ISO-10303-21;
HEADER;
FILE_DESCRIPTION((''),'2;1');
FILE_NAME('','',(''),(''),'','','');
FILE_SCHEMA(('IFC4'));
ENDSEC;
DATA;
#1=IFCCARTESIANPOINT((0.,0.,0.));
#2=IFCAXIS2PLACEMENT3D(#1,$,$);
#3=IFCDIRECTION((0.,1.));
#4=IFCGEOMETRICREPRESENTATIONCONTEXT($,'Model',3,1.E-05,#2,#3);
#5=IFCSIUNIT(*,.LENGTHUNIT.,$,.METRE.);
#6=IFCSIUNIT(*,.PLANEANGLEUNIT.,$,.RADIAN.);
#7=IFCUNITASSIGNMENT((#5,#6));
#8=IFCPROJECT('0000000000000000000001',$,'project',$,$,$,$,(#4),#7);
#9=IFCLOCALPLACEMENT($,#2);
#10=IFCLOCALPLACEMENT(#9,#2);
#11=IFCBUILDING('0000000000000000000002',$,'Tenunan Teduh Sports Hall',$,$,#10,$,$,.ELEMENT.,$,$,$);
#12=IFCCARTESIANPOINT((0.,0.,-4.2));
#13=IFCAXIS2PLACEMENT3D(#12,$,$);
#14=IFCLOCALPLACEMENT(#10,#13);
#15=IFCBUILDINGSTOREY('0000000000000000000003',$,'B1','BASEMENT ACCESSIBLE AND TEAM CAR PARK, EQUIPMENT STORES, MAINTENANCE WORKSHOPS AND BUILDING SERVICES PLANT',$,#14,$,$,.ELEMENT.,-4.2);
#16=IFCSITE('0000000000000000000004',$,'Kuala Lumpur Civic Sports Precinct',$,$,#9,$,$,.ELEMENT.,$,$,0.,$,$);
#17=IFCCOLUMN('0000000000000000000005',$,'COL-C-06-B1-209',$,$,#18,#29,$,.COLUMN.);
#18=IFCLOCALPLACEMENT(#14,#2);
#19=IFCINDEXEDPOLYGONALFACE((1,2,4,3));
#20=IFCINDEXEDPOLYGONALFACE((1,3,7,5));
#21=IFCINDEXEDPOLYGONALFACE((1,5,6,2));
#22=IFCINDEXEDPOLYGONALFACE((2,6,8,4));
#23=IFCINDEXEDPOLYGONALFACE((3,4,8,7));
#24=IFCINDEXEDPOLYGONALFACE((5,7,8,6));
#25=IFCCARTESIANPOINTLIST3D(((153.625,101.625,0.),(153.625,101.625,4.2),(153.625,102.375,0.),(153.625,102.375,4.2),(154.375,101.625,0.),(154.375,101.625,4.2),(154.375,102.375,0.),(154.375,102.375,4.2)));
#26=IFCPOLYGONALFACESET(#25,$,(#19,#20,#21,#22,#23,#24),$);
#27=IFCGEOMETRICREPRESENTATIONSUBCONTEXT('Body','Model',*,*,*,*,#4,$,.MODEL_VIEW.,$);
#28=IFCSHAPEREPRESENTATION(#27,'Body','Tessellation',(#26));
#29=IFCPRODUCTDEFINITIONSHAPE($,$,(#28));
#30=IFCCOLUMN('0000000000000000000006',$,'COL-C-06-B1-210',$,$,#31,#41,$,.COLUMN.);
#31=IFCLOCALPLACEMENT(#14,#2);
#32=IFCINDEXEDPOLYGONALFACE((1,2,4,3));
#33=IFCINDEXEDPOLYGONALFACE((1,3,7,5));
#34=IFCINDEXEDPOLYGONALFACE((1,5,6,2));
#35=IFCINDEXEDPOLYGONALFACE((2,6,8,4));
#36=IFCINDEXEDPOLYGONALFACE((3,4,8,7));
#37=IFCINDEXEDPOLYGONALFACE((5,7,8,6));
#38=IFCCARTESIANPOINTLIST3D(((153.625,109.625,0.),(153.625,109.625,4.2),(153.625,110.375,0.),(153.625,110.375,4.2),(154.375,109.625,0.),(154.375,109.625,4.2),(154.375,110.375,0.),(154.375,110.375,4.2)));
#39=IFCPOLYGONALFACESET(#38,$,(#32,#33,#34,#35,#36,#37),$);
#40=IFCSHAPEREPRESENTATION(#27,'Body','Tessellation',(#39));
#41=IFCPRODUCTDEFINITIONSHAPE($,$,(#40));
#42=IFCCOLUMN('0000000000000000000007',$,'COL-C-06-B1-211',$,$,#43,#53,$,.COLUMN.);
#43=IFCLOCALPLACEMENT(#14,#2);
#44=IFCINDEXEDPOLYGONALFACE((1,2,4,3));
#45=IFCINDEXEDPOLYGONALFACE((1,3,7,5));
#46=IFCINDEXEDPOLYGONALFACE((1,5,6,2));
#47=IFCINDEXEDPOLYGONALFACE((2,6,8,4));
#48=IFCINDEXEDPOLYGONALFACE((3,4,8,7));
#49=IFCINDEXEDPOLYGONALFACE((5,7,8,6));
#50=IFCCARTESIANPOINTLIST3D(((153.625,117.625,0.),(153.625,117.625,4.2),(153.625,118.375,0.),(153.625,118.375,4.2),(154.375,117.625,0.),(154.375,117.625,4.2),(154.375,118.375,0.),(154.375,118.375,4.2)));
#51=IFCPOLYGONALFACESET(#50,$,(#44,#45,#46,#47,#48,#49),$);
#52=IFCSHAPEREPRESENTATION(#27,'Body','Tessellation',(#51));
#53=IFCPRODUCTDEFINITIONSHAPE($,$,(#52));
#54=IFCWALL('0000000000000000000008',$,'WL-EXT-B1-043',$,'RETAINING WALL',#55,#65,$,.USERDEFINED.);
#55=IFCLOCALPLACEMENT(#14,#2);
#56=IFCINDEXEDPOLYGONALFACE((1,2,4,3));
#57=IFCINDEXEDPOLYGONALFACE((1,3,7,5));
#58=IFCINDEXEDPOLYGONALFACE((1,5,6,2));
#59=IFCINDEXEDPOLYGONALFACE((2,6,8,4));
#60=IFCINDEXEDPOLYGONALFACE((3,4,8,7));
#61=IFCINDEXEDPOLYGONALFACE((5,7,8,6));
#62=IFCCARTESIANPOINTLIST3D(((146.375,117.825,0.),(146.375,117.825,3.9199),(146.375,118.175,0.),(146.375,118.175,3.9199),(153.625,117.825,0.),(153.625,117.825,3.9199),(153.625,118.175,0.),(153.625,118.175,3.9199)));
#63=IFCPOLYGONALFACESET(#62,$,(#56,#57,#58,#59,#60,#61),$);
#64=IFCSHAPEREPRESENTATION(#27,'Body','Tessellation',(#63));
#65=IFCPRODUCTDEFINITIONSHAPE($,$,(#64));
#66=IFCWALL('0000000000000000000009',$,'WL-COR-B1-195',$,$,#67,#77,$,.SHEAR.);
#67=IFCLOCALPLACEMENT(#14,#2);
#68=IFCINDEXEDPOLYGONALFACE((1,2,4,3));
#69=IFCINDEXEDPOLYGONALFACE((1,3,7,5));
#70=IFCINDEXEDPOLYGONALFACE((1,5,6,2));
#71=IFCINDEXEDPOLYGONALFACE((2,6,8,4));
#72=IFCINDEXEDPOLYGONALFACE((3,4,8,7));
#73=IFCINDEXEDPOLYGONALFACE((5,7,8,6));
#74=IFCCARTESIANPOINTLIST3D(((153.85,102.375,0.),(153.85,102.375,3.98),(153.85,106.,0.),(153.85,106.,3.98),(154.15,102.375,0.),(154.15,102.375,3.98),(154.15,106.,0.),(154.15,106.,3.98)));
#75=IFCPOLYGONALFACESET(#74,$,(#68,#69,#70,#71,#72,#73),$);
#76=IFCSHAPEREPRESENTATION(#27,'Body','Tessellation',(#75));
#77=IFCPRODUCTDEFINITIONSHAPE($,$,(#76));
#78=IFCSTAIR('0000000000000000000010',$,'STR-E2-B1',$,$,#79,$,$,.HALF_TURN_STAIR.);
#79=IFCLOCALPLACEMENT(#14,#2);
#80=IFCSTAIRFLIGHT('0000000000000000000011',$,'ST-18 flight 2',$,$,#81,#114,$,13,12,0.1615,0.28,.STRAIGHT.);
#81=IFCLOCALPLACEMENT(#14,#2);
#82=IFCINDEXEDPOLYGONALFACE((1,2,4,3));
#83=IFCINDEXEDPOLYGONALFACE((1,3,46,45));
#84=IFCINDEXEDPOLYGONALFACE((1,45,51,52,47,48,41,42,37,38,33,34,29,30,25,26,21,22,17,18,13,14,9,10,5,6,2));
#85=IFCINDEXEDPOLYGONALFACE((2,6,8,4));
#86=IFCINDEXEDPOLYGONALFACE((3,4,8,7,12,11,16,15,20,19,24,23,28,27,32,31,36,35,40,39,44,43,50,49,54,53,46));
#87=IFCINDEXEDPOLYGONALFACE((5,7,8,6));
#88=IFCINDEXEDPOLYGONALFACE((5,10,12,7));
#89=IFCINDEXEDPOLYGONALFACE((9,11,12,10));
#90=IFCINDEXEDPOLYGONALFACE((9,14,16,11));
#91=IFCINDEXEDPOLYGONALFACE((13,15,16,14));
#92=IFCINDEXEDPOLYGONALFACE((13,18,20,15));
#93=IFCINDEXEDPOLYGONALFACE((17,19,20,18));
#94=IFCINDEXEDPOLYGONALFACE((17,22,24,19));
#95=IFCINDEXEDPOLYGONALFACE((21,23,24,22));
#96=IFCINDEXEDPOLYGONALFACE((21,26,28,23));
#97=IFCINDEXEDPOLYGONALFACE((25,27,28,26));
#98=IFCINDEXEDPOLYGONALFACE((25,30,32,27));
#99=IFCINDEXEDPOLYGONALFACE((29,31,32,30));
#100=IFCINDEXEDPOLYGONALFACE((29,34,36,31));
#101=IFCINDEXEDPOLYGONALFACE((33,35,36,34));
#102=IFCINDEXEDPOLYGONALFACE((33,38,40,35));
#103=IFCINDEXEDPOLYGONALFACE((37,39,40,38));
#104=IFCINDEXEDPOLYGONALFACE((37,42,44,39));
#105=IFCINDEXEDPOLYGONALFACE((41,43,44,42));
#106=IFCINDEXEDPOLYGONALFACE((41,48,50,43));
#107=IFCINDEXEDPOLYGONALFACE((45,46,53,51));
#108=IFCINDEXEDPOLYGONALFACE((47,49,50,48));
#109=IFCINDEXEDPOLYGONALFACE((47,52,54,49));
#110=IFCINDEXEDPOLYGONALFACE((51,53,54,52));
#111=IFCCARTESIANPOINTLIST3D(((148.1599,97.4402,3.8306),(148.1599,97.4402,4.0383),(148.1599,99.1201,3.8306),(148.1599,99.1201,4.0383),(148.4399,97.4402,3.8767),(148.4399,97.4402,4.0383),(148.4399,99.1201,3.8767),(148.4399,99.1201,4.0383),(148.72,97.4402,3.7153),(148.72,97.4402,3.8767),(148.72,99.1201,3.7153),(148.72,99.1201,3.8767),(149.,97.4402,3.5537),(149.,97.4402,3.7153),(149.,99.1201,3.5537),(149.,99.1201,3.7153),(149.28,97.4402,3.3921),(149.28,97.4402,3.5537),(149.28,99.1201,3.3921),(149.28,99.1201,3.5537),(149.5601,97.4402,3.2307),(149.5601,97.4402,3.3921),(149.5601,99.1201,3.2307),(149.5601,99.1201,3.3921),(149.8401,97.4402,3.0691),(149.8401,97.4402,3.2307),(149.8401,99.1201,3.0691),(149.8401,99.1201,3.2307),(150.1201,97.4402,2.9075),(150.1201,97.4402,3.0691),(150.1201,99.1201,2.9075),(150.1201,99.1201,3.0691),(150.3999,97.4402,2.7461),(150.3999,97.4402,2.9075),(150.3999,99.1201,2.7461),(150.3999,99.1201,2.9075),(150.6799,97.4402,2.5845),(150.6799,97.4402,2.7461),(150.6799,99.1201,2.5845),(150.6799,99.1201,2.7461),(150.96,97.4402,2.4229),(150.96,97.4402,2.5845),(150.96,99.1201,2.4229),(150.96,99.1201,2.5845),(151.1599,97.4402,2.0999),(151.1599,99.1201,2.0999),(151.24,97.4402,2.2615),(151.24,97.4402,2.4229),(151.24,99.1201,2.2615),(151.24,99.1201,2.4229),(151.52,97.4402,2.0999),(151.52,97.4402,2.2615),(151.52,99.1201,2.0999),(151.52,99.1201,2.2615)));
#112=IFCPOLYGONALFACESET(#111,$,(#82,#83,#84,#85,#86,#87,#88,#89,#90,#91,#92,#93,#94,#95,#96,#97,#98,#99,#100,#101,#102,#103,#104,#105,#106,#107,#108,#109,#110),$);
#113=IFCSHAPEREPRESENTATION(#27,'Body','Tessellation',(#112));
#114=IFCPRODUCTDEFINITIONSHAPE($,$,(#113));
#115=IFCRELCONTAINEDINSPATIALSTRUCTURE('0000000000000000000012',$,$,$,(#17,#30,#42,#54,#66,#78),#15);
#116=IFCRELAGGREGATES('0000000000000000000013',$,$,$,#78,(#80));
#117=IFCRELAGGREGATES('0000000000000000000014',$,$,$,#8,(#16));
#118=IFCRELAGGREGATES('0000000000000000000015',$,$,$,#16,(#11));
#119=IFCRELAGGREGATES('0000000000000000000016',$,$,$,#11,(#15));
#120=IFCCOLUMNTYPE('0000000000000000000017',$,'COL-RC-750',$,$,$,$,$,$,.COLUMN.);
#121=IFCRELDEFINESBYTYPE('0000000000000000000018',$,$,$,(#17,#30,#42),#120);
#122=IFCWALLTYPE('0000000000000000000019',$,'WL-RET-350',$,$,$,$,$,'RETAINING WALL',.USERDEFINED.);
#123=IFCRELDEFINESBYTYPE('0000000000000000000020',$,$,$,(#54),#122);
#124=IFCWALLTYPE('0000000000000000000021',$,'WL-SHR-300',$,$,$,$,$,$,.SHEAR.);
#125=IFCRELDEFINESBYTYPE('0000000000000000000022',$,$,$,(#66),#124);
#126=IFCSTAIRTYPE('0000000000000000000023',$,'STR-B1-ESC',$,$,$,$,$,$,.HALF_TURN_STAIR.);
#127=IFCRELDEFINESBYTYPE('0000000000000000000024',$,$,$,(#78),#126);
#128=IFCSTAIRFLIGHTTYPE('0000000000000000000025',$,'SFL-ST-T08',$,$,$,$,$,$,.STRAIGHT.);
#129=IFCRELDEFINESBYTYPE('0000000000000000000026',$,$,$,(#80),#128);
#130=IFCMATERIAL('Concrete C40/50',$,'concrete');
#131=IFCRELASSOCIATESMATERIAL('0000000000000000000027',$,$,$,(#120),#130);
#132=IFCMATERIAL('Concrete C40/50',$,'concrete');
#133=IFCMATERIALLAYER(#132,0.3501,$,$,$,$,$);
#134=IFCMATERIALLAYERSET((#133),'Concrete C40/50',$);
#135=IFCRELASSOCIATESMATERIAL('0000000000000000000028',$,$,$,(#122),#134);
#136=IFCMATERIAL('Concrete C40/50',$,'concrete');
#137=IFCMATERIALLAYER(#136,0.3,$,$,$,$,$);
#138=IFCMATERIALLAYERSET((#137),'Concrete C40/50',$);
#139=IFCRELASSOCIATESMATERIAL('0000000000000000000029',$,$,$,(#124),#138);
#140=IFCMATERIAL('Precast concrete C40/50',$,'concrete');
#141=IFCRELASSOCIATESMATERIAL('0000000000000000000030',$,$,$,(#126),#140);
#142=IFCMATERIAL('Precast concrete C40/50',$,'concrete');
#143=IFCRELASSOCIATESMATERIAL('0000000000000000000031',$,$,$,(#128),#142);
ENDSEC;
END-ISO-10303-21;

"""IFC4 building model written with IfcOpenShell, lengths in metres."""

from ifc_helpers import new_model, si_unit, direction, frame, frame_2d, origin, origin_2d, place, context, subcontext, project, spatial, polyline, rectangle, outline, extrude, material, layer, layer_set, material_profile, profile_set, type_object, element, aggregate, save


model = new_model("IFC4")

# Units and contexts
model_context = context("Model", 3, precision=1e-05, world=origin(), true_north=direction((0.0, 1.0)))
body_context = subcontext(model_context, "Body", "Model", "MODEL_VIEW")
ifc_project = project(units=[si_unit("LENGTHUNIT", "METRE"), si_unit("PLANEANGLEUNIT", "RADIAN")], contexts=[model_context])

# Site, building, storey
site_placement = place(None, origin())
site = spatial("IfcSite", under=ifc_project, at=site_placement, Name="Kuala Lumpur Civic Sports Precinct", CompositionType="ELEMENT", RefElevation=0.0)
building_placement = place(site_placement, origin())
building = spatial("IfcBuilding", under=site, at=building_placement, Name="Tenunan Teduh Sports Hall", CompositionType="ELEMENT")
storey_placement = place(building_placement, frame((0.0, 0.0, -4.2)))
storey = spatial("IfcBuildingStorey", under=building, at=storey_placement, Name="B1", Description="BASEMENT ACCESSIBLE AND TEAM CAR PARK, EQUIPMENT STORES, MAINTENANCE WORKSHOPS AND BUILDING SERVICES PLANT", CompositionType="ELEMENT", Elevation=-4.2)

# Columns
ifc_material_1 = material(Name="Concrete C40/50", Category="concrete")
ifc_material_profile_1 = material_profile(ifc_material_1, rectangle(XDim=0.75, YDim=0.75, at=origin_2d()), Name="RC 750x750")
ifc_profile_set_1 = profile_set([ifc_material_profile_1], Name="Concrete C40/50")
column_type = type_object("IfcColumnType", Name="COL-RC-750", PredefinedType="COLUMN", material=ifc_profile_set_1)
for number, where, z_axis, x_axis, name in (
    (1, (154.0, 102.0, 0.0), (0.0, 0.0, 1.0), (1.0, 0.0, 0.0), "COL-C-06-B1-209"),
    (2, (154.0, 110.0, 0.0), (0.0, 0.0, 1.0), (1.0, 0.0, 0.0), "COL-C-06-B1-210"),
    (3, (154.0, 118.0, 0.0), (0.0, 0.0, 1.0), (1.0, 0.0, 0.0), "COL-C-06-B1-211"),
):
    element("IfcColumn", number, at=place(storey_placement, frame(where, z_axis=z_axis, x_axis=x_axis)), inside=storey, type_object=column_type, Name=name, PredefinedType="COLUMN", context=body_context, shape_type="SweptSolid", body=[
        extrude(rectangle(XDim=0.75, YDim=0.75, at=origin_2d()), origin(), (0.0, 0.0, 1.0), 4.2),
    ])

# Walls
ifc_material_2 = material(Name="Concrete C40/50", Category="concrete")
ifc_layer_1 = layer(ifc_material_2, 0.3501)
ifc_layer_set_1 = layer_set([ifc_layer_1], Name="Concrete C40/50")
wall_type_1 = type_object("IfcWallType", Name="WL-RET-350", ElementType="RETAINING WALL", PredefinedType="USERDEFINED", material=ifc_layer_set_1)
wall_1_placement = place(storey_placement, frame((146.375, 118.0, 0.0), z_axis=(0.0, 0.0, 1.0), x_axis=(1.0, 0.0, 0.0)))
element("IfcWall", 4, at=wall_1_placement, inside=storey, type_object=wall_type_1, Name="WL-EXT-B1-043", ObjectType="RETAINING WALL", PredefinedType="USERDEFINED", context=body_context, shape_type="SweptSolid", body=[
    extrude(rectangle(XDim=7.25, YDim=0.3501, at=frame_2d((3.625, 0.0))), origin(), (0.0, 0.0, 1.0), 3.9199),
])
ifc_material_3 = material(Name="Concrete C40/50", Category="concrete")
ifc_layer_2 = layer(ifc_material_3, 0.3)
ifc_layer_set_2 = layer_set([ifc_layer_2], Name="Concrete C40/50")
wall_type_2 = type_object("IfcWallType", Name="WL-SHR-300", PredefinedType="SHEAR", material=ifc_layer_set_2)
wall_2_placement = place(storey_placement, frame((154.0, 102.375, 0.0), z_axis=(0.0, 0.0, 1.0), x_axis=(0.0, 1.0, 0.0)))
element("IfcWall", 5, at=wall_2_placement, inside=storey, type_object=wall_type_2, Name="WL-COR-B1-195", PredefinedType="SHEAR", context=body_context, shape_type="SweptSolid", body=[
    extrude(rectangle(XDim=3.625, YDim=0.3, at=frame_2d((1.8125, 0.0))), origin(), (0.0, 0.0, 1.0), 3.98),
])

# Stair, stair flight
ifc_material_4 = material(Name="Precast concrete C40/50", Category="concrete")
stair_type = type_object("IfcStairType", Name="STR-B1-ESC", PredefinedType="HALF_TURN_STAIR", material=ifc_material_4)
stair_placement = place(storey_placement, origin())
stair = element("IfcStair", 6, at=stair_placement, inside=storey, type_object=stair_type, Name="STR-E2-B1", PredefinedType="HALF_TURN_STAIR")
ifc_material_5 = material(Name="Precast concrete C40/50", Category="concrete")
stair_flight_type = type_object("IfcStairFlightType", Name="SFL-ST-T08", PredefinedType="STRAIGHT", material=ifc_material_5)
stair_flight_placement = place(storey_placement, frame((151.52, 98.28, 2.0999), z_axis=(0.0, 0.0, 1.0), x_axis=(-1.0, 0.0, 0.0)))
stair_flight = element("IfcStairFlight", 7, at=stair_flight_placement, type_object=stair_flight_type, Name="ST-18 flight 2", NumberOfRisers=13, NumberOfTreads=12, PredefinedType="STRAIGHT", RiserHeight=0.1615, TreadLength=0.28, context=body_context, shape_type="SweptSolid", body=[
    extrude(outline(polyline([(0.0, 0.0), (0.0, 0.1616), (0.28, 0.1616), (0.28, 0.323), (0.5601, 0.323), (0.5601, 0.4846), (0.8401, 0.4846), (0.8401, 0.6462), (1.1201, 0.6462), (1.1201, 0.8076), (1.3999, 0.8076), (1.3999, 0.9692), (1.6799, 0.9692), (1.6799, 1.1309), (1.96, 1.1309), (1.96, 1.2922), (2.24, 1.2922), (2.24, 1.4539), (2.52, 1.4539), (2.52, 1.6155), (2.8, 1.6155), (2.8, 1.7769), (3.0801, 1.7769), (3.0801, 1.9385), (3.3601, 1.9385), (3.3601, 2.1001), (3.3601, 1.7307), (0.3601, 0.0), (0.0, 0.0)])), frame((0.0, 0.8398, 0.0), z_axis=(0.0, -1.0, 0.0), x_axis=(1.0, 0.0, 0.0)), (0.0, 0.0, 1.0), 1.6799),
])

aggregate(stair, [stair_flight])

save(model, "model.ifc")
